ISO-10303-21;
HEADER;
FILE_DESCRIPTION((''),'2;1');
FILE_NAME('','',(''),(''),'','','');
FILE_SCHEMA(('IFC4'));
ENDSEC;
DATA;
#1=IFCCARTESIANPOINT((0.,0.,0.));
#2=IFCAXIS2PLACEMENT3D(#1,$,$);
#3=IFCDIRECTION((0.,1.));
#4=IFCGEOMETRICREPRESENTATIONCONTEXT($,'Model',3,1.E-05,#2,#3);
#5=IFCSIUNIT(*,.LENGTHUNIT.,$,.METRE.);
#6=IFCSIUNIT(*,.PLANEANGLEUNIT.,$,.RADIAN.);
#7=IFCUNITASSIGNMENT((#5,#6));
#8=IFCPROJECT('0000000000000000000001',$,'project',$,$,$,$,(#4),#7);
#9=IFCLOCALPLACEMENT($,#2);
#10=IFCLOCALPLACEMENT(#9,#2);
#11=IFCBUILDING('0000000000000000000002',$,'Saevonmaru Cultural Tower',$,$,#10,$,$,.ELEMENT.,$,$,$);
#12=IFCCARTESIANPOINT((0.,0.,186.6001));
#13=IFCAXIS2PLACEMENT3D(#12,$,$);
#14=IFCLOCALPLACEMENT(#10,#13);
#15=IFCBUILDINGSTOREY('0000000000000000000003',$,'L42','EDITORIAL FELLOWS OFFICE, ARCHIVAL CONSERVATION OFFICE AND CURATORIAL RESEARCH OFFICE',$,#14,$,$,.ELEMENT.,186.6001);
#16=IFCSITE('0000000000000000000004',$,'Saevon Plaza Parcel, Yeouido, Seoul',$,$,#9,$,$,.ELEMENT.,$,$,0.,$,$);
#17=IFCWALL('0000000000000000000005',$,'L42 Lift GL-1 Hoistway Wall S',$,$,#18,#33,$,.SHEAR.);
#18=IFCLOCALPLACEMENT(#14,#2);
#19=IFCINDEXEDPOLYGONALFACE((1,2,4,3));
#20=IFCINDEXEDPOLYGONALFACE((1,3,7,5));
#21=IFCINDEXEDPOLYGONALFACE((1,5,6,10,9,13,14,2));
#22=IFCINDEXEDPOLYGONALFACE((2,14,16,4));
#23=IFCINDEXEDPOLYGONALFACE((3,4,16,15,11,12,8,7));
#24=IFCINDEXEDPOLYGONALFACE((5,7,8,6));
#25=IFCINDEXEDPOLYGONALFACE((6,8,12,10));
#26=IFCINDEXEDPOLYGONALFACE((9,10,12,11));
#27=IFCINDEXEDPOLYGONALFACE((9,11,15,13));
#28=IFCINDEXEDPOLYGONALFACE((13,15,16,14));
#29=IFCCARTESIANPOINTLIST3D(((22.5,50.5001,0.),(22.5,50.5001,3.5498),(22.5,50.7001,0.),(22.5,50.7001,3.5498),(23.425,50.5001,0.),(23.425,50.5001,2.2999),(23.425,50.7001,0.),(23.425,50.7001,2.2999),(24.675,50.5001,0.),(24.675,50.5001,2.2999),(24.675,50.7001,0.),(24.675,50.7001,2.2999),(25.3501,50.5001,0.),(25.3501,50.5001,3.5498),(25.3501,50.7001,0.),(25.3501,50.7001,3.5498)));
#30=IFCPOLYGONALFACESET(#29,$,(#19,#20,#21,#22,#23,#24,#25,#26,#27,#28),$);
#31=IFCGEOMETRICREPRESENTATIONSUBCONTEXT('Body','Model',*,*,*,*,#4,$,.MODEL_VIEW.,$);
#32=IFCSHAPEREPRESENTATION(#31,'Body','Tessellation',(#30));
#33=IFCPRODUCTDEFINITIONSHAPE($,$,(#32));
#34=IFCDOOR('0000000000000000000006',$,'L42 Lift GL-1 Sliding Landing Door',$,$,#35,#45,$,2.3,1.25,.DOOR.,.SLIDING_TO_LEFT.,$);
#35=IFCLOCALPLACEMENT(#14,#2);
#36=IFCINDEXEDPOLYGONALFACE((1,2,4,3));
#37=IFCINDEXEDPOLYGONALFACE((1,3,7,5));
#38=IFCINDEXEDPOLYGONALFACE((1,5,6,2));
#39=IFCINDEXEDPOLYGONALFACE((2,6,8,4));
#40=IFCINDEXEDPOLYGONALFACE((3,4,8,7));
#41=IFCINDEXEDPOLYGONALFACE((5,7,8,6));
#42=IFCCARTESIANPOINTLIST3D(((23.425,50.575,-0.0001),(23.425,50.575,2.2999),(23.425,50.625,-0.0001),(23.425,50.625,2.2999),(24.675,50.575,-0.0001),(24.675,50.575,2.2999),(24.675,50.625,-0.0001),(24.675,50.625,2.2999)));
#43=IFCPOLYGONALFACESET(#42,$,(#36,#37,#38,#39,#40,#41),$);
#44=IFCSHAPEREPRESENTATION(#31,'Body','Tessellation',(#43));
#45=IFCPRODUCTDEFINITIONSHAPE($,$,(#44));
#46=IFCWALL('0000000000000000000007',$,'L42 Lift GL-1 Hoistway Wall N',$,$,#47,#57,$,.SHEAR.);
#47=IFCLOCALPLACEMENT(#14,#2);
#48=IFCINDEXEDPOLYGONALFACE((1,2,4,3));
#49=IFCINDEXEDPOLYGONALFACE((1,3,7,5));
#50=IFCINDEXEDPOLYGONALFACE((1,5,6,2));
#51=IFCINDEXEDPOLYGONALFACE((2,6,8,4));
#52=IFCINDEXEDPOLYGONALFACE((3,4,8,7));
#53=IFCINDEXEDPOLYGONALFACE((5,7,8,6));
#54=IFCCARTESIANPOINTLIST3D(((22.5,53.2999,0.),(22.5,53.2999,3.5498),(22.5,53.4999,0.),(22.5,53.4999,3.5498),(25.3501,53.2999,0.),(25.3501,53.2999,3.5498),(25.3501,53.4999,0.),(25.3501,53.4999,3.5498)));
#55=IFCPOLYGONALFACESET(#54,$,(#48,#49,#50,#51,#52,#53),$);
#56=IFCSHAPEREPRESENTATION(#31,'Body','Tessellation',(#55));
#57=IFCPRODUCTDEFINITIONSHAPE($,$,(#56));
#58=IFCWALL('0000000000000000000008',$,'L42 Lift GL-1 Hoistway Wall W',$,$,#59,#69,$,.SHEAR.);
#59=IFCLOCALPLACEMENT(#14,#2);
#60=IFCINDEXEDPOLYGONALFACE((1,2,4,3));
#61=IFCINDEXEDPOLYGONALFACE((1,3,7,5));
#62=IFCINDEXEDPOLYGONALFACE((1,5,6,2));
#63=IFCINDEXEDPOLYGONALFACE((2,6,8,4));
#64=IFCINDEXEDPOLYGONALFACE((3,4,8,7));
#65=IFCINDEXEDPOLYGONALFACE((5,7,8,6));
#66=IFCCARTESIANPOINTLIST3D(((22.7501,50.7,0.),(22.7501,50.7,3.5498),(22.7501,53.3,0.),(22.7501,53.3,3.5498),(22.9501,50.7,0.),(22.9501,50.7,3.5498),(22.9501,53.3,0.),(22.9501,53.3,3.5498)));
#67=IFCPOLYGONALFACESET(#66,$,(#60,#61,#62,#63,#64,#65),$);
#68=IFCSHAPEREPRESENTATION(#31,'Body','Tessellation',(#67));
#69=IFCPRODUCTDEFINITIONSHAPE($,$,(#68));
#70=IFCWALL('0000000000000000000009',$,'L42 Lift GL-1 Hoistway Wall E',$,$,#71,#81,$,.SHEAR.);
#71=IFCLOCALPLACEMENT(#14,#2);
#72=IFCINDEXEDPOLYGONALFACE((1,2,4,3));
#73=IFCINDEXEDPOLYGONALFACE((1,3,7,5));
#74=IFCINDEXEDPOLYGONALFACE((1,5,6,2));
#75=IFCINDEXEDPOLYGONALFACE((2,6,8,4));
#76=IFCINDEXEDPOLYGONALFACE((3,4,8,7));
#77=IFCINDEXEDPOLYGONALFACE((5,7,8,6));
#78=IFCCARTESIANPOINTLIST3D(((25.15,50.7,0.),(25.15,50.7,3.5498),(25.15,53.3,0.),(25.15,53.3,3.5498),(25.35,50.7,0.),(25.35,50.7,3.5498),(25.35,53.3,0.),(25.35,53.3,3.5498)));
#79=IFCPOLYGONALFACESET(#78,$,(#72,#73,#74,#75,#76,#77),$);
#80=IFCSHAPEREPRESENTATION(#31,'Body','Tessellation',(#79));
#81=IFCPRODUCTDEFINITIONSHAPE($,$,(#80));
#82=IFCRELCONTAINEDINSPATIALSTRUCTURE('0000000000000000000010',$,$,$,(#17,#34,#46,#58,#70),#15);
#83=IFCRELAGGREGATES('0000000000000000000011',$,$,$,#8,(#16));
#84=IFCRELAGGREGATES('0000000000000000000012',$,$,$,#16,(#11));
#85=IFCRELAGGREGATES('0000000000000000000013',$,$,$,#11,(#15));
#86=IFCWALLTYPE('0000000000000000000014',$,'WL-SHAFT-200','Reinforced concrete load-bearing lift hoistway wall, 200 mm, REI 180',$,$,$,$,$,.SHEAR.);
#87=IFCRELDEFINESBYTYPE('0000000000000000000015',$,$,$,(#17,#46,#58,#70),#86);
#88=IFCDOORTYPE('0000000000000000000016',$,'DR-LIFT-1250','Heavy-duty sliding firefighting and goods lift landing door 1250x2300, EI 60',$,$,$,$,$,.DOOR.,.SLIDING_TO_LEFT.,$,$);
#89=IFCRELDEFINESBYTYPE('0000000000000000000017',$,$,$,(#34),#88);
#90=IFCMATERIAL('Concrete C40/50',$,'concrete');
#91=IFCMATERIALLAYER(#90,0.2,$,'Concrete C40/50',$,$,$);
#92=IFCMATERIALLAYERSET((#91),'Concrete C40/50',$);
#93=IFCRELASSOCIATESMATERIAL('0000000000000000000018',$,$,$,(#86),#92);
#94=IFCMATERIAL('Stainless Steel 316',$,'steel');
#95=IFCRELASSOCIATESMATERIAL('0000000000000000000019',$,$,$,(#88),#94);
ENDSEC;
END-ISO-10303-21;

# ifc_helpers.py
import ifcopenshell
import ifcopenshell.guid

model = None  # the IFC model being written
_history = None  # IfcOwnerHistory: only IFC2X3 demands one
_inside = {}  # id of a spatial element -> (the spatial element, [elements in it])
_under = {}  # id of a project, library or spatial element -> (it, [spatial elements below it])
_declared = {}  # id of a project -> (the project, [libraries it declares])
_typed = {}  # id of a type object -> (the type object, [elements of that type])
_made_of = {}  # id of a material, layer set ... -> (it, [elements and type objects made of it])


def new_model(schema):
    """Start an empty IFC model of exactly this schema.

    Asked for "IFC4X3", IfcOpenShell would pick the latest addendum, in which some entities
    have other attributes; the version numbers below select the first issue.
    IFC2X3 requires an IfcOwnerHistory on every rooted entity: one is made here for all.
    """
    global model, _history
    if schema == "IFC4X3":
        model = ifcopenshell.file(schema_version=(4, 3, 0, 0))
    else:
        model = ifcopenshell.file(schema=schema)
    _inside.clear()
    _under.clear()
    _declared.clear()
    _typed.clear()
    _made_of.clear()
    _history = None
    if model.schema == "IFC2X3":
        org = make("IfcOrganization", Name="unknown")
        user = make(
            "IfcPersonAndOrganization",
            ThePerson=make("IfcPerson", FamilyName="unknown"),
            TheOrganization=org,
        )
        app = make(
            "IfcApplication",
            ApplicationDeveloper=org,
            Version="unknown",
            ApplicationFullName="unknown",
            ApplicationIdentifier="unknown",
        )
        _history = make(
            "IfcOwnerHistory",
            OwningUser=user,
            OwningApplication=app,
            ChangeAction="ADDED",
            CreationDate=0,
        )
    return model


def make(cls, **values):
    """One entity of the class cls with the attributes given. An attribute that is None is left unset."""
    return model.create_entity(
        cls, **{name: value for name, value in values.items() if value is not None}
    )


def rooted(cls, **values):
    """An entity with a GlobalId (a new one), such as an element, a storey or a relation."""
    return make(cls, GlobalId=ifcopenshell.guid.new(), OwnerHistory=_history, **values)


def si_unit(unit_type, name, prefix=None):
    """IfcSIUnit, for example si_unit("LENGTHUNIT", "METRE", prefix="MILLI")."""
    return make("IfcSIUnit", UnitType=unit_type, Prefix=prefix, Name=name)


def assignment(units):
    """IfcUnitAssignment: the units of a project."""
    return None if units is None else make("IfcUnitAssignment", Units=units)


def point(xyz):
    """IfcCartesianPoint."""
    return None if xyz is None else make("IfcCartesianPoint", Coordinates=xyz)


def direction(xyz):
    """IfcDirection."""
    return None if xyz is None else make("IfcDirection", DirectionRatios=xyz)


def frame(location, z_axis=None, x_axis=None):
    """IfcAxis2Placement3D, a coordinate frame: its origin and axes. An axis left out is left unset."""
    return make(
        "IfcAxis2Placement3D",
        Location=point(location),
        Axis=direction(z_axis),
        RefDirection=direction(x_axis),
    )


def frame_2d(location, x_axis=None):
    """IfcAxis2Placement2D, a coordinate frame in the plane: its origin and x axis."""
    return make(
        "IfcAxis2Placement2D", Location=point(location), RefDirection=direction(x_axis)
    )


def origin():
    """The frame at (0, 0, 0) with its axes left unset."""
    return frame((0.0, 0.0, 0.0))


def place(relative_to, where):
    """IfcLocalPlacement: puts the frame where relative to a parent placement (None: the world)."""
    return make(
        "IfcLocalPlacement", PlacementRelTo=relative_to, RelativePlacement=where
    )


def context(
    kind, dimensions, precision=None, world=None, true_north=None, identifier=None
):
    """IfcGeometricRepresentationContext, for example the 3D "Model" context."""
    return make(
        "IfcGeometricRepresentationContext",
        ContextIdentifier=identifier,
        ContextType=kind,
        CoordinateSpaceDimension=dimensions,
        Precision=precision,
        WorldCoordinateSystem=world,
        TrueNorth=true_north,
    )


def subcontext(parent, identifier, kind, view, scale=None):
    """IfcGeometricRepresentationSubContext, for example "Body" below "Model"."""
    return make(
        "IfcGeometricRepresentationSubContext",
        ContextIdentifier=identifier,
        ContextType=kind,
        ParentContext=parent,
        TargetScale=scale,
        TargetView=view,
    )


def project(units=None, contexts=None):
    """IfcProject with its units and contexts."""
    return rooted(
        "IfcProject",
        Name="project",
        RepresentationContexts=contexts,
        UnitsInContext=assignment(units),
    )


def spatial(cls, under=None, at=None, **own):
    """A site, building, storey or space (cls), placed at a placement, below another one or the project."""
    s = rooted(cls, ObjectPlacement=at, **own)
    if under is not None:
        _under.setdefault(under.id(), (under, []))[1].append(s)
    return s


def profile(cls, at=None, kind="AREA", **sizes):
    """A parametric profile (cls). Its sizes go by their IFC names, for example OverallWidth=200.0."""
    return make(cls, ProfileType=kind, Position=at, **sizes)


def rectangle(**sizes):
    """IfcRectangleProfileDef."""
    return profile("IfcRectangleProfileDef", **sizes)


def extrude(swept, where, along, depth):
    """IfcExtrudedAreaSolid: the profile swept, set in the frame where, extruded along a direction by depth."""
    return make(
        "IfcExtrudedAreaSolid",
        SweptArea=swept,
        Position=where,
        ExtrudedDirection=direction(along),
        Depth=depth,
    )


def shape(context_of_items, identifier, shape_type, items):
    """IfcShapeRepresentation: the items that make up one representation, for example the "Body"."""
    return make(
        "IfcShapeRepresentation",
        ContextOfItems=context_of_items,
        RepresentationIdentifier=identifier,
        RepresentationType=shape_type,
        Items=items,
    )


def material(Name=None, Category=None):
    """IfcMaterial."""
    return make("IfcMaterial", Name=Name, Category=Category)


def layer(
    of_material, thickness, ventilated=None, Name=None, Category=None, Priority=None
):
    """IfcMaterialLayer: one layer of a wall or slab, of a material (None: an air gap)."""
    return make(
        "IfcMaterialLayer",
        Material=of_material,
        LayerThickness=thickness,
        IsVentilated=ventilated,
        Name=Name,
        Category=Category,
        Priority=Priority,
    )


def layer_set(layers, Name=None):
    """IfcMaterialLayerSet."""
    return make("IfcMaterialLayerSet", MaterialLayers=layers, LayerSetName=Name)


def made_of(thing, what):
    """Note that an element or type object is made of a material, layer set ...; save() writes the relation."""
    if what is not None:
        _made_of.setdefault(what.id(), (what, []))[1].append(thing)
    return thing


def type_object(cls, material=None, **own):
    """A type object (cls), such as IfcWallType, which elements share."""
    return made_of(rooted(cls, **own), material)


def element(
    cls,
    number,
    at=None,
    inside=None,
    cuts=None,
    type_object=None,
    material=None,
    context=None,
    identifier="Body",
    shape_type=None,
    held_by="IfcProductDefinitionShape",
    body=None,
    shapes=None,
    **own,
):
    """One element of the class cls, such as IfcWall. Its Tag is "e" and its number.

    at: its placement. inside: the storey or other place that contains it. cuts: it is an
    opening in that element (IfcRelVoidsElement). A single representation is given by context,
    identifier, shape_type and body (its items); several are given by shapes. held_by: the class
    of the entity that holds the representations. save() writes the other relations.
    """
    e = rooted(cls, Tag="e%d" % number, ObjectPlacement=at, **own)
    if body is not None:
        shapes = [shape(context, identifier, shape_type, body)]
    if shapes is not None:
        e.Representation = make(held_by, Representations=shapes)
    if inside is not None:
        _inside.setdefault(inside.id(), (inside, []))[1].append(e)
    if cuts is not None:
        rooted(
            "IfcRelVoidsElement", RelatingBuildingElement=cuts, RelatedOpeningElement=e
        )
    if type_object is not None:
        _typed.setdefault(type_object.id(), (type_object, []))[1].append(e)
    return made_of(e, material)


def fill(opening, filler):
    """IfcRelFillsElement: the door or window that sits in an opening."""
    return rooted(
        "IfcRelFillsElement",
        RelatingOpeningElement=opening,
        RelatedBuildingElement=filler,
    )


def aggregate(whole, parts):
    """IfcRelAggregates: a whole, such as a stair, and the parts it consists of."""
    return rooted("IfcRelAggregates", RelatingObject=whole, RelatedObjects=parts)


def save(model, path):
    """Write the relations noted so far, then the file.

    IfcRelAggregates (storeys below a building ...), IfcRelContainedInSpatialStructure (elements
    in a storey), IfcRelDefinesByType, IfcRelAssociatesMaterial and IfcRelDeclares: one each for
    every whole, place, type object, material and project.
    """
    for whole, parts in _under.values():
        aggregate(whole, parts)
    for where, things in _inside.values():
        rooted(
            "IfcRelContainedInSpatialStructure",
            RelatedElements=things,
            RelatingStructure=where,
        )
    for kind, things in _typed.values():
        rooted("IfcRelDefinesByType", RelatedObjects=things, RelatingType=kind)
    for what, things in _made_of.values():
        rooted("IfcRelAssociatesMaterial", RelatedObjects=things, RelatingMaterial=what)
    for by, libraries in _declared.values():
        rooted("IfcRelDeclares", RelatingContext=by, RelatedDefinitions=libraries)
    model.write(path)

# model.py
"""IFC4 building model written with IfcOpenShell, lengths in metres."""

from ifc_helpers import new_model, si_unit, direction, frame, frame_2d, origin, place, context, subcontext, project, spatial, rectangle, extrude, material, layer, layer_set, type_object, element, fill, save


model = new_model("IFC4")

# Units and contexts
model_context = context("Model", 3, precision=1e-05, world=origin(), true_north=direction((0.0, 1.0)))
body_context = subcontext(model_context, "Body", "Model", "MODEL_VIEW")
ifc_project = project(units=[si_unit("LENGTHUNIT", "METRE"), si_unit("PLANEANGLEUNIT", "RADIAN")], contexts=[model_context])

# Site, building, storey
site_placement = place(None, origin())
site = spatial("IfcSite", under=ifc_project, at=site_placement, Name="Saevon Plaza Parcel, Yeouido, Seoul", CompositionType="ELEMENT", RefElevation=0.0)
building_placement = place(site_placement, origin())
building = spatial("IfcBuilding", under=site, at=building_placement, Name="Saevonmaru Cultural Tower", CompositionType="ELEMENT")
storey_placement = place(building_placement, frame((0.0, 0.0, 186.6001)))
storey = spatial("IfcBuildingStorey", under=building, at=storey_placement, Name="L42", Description="EDITORIAL FELLOWS OFFICE, ARCHIVAL CONSERVATION OFFICE AND CURATORIAL RESEARCH OFFICE", CompositionType="ELEMENT", Elevation=186.6001)

# Shared definitions
ifc_material_1 = material(Name="Concrete C40/50", Category="concrete")
ifc_layer_1 = layer(ifc_material_1, 0.2, Name="Concrete C40/50")
ifc_layer_set_1 = layer_set([ifc_layer_1], Name="Concrete C40/50")
wall_type_1 = type_object("IfcWallType", Name="WL-SHAFT-200", Description="Reinforced concrete load-bearing lift hoistway wall, 200 mm, REI 180", PredefinedType="SHEAR", material=ifc_layer_set_1)

# Wall, opening, door
wall_1_placement = place(storey_placement, frame((22.5, 50.6001, 0.0), z_axis=(0.0, 0.0, 1.0), x_axis=(1.0, 0.0, 0.0)))
wall_1 = element("IfcWall", 1, at=wall_1_placement, inside=storey, type_object=wall_type_1, Name="L42 Lift GL-1 Hoistway Wall S", PredefinedType="SHEAR", context=body_context, shape_type="SweptSolid", body=[
    extrude(rectangle(XDim=2.8501, YDim=0.2, at=frame_2d((1.425, 0.0))), origin(), (0.0, 0.0, 1.0), 3.5498),
])
opening_placement = place(wall_1_placement, frame((0.925, 0.0, 0.0)))
opening = element("IfcOpeningElement", 2, at=opening_placement, cuts=wall_1, PredefinedType="OPENING", context=body_context, shape_type="SweptSolid", body=[
    extrude(rectangle(XDim=1.25, YDim=2.3, at=frame_2d((0.625, 1.1499))), frame((0.0, 0.1099, 0.0), z_axis=(0.0, -1.0, 0.0), x_axis=(1.0, 0.0, 0.0)), (0.0, 0.0, 1.0), 0.22),
])
ifc_material_2 = material(Name="Stainless Steel 316", Category="steel")
door_type = type_object("IfcDoorType", Name="DR-LIFT-1250", Description="Heavy-duty sliding firefighting and goods lift landing door 1250x2300, EI 60", OperationType="SLIDING_TO_LEFT", PredefinedType="DOOR", material=ifc_material_2)
door_placement = place(opening_placement, origin())
door = element("IfcDoor", 3, at=door_placement, inside=storey, type_object=door_type, Name="L42 Lift GL-1 Sliding Landing Door", OperationType="SLIDING_TO_LEFT", OverallHeight=2.3, OverallWidth=1.25, PredefinedType="DOOR", context=body_context, shape_type="SweptSolid", body=[
    extrude(rectangle(XDim=1.25, YDim=2.3, at=frame_2d((0.625, 1.1499))), frame((0.0, 0.0249, 0.0), z_axis=(0.0, -1.0, 0.0), x_axis=(1.0, 0.0, 0.0)), (0.0, 0.0, 1.0), 0.05),
])
fill(opening, door)

# Walls
wall_2_placement = place(storey_placement, frame((22.5, 53.3999, 0.0), z_axis=(0.0, 0.0, 1.0), x_axis=(1.0, 0.0, 0.0)))
element("IfcWall", 4, at=wall_2_placement, inside=storey, type_object=wall_type_1, Name="L42 Lift GL-1 Hoistway Wall N", PredefinedType="SHEAR", context=body_context, shape_type="SweptSolid", body=[
    extrude(rectangle(XDim=2.8501, YDim=0.2, at=frame_2d((1.425, 0.0))), origin(), (0.0, 0.0, 1.0), 3.5498),
])
for number, where, z_axis, x_axis, name in (
    (5, (22.8501, 50.7, 0.0), (0.0, 0.0, 1.0), (0.0, 1.0, 0.0), "L42 Lift GL-1 Hoistway Wall W"),
    (6, (25.25, 50.7, 0.0), (0.0, 0.0, 1.0), (0.0, 1.0, 0.0), "L42 Lift GL-1 Hoistway Wall E"),
):
    element("IfcWall", number, at=place(storey_placement, frame(where, z_axis=z_axis, x_axis=x_axis)), inside=storey, type_object=wall_type_1, Name=name, PredefinedType="SHEAR", context=body_context, shape_type="SweptSolid", body=[
        extrude(rectangle(XDim=2.6001, YDim=0.2, at=frame_2d((1.3, 0.0))), origin(), (0.0, 0.0, 1.0), 3.5498),
    ])

save(model, "model.ifc")
